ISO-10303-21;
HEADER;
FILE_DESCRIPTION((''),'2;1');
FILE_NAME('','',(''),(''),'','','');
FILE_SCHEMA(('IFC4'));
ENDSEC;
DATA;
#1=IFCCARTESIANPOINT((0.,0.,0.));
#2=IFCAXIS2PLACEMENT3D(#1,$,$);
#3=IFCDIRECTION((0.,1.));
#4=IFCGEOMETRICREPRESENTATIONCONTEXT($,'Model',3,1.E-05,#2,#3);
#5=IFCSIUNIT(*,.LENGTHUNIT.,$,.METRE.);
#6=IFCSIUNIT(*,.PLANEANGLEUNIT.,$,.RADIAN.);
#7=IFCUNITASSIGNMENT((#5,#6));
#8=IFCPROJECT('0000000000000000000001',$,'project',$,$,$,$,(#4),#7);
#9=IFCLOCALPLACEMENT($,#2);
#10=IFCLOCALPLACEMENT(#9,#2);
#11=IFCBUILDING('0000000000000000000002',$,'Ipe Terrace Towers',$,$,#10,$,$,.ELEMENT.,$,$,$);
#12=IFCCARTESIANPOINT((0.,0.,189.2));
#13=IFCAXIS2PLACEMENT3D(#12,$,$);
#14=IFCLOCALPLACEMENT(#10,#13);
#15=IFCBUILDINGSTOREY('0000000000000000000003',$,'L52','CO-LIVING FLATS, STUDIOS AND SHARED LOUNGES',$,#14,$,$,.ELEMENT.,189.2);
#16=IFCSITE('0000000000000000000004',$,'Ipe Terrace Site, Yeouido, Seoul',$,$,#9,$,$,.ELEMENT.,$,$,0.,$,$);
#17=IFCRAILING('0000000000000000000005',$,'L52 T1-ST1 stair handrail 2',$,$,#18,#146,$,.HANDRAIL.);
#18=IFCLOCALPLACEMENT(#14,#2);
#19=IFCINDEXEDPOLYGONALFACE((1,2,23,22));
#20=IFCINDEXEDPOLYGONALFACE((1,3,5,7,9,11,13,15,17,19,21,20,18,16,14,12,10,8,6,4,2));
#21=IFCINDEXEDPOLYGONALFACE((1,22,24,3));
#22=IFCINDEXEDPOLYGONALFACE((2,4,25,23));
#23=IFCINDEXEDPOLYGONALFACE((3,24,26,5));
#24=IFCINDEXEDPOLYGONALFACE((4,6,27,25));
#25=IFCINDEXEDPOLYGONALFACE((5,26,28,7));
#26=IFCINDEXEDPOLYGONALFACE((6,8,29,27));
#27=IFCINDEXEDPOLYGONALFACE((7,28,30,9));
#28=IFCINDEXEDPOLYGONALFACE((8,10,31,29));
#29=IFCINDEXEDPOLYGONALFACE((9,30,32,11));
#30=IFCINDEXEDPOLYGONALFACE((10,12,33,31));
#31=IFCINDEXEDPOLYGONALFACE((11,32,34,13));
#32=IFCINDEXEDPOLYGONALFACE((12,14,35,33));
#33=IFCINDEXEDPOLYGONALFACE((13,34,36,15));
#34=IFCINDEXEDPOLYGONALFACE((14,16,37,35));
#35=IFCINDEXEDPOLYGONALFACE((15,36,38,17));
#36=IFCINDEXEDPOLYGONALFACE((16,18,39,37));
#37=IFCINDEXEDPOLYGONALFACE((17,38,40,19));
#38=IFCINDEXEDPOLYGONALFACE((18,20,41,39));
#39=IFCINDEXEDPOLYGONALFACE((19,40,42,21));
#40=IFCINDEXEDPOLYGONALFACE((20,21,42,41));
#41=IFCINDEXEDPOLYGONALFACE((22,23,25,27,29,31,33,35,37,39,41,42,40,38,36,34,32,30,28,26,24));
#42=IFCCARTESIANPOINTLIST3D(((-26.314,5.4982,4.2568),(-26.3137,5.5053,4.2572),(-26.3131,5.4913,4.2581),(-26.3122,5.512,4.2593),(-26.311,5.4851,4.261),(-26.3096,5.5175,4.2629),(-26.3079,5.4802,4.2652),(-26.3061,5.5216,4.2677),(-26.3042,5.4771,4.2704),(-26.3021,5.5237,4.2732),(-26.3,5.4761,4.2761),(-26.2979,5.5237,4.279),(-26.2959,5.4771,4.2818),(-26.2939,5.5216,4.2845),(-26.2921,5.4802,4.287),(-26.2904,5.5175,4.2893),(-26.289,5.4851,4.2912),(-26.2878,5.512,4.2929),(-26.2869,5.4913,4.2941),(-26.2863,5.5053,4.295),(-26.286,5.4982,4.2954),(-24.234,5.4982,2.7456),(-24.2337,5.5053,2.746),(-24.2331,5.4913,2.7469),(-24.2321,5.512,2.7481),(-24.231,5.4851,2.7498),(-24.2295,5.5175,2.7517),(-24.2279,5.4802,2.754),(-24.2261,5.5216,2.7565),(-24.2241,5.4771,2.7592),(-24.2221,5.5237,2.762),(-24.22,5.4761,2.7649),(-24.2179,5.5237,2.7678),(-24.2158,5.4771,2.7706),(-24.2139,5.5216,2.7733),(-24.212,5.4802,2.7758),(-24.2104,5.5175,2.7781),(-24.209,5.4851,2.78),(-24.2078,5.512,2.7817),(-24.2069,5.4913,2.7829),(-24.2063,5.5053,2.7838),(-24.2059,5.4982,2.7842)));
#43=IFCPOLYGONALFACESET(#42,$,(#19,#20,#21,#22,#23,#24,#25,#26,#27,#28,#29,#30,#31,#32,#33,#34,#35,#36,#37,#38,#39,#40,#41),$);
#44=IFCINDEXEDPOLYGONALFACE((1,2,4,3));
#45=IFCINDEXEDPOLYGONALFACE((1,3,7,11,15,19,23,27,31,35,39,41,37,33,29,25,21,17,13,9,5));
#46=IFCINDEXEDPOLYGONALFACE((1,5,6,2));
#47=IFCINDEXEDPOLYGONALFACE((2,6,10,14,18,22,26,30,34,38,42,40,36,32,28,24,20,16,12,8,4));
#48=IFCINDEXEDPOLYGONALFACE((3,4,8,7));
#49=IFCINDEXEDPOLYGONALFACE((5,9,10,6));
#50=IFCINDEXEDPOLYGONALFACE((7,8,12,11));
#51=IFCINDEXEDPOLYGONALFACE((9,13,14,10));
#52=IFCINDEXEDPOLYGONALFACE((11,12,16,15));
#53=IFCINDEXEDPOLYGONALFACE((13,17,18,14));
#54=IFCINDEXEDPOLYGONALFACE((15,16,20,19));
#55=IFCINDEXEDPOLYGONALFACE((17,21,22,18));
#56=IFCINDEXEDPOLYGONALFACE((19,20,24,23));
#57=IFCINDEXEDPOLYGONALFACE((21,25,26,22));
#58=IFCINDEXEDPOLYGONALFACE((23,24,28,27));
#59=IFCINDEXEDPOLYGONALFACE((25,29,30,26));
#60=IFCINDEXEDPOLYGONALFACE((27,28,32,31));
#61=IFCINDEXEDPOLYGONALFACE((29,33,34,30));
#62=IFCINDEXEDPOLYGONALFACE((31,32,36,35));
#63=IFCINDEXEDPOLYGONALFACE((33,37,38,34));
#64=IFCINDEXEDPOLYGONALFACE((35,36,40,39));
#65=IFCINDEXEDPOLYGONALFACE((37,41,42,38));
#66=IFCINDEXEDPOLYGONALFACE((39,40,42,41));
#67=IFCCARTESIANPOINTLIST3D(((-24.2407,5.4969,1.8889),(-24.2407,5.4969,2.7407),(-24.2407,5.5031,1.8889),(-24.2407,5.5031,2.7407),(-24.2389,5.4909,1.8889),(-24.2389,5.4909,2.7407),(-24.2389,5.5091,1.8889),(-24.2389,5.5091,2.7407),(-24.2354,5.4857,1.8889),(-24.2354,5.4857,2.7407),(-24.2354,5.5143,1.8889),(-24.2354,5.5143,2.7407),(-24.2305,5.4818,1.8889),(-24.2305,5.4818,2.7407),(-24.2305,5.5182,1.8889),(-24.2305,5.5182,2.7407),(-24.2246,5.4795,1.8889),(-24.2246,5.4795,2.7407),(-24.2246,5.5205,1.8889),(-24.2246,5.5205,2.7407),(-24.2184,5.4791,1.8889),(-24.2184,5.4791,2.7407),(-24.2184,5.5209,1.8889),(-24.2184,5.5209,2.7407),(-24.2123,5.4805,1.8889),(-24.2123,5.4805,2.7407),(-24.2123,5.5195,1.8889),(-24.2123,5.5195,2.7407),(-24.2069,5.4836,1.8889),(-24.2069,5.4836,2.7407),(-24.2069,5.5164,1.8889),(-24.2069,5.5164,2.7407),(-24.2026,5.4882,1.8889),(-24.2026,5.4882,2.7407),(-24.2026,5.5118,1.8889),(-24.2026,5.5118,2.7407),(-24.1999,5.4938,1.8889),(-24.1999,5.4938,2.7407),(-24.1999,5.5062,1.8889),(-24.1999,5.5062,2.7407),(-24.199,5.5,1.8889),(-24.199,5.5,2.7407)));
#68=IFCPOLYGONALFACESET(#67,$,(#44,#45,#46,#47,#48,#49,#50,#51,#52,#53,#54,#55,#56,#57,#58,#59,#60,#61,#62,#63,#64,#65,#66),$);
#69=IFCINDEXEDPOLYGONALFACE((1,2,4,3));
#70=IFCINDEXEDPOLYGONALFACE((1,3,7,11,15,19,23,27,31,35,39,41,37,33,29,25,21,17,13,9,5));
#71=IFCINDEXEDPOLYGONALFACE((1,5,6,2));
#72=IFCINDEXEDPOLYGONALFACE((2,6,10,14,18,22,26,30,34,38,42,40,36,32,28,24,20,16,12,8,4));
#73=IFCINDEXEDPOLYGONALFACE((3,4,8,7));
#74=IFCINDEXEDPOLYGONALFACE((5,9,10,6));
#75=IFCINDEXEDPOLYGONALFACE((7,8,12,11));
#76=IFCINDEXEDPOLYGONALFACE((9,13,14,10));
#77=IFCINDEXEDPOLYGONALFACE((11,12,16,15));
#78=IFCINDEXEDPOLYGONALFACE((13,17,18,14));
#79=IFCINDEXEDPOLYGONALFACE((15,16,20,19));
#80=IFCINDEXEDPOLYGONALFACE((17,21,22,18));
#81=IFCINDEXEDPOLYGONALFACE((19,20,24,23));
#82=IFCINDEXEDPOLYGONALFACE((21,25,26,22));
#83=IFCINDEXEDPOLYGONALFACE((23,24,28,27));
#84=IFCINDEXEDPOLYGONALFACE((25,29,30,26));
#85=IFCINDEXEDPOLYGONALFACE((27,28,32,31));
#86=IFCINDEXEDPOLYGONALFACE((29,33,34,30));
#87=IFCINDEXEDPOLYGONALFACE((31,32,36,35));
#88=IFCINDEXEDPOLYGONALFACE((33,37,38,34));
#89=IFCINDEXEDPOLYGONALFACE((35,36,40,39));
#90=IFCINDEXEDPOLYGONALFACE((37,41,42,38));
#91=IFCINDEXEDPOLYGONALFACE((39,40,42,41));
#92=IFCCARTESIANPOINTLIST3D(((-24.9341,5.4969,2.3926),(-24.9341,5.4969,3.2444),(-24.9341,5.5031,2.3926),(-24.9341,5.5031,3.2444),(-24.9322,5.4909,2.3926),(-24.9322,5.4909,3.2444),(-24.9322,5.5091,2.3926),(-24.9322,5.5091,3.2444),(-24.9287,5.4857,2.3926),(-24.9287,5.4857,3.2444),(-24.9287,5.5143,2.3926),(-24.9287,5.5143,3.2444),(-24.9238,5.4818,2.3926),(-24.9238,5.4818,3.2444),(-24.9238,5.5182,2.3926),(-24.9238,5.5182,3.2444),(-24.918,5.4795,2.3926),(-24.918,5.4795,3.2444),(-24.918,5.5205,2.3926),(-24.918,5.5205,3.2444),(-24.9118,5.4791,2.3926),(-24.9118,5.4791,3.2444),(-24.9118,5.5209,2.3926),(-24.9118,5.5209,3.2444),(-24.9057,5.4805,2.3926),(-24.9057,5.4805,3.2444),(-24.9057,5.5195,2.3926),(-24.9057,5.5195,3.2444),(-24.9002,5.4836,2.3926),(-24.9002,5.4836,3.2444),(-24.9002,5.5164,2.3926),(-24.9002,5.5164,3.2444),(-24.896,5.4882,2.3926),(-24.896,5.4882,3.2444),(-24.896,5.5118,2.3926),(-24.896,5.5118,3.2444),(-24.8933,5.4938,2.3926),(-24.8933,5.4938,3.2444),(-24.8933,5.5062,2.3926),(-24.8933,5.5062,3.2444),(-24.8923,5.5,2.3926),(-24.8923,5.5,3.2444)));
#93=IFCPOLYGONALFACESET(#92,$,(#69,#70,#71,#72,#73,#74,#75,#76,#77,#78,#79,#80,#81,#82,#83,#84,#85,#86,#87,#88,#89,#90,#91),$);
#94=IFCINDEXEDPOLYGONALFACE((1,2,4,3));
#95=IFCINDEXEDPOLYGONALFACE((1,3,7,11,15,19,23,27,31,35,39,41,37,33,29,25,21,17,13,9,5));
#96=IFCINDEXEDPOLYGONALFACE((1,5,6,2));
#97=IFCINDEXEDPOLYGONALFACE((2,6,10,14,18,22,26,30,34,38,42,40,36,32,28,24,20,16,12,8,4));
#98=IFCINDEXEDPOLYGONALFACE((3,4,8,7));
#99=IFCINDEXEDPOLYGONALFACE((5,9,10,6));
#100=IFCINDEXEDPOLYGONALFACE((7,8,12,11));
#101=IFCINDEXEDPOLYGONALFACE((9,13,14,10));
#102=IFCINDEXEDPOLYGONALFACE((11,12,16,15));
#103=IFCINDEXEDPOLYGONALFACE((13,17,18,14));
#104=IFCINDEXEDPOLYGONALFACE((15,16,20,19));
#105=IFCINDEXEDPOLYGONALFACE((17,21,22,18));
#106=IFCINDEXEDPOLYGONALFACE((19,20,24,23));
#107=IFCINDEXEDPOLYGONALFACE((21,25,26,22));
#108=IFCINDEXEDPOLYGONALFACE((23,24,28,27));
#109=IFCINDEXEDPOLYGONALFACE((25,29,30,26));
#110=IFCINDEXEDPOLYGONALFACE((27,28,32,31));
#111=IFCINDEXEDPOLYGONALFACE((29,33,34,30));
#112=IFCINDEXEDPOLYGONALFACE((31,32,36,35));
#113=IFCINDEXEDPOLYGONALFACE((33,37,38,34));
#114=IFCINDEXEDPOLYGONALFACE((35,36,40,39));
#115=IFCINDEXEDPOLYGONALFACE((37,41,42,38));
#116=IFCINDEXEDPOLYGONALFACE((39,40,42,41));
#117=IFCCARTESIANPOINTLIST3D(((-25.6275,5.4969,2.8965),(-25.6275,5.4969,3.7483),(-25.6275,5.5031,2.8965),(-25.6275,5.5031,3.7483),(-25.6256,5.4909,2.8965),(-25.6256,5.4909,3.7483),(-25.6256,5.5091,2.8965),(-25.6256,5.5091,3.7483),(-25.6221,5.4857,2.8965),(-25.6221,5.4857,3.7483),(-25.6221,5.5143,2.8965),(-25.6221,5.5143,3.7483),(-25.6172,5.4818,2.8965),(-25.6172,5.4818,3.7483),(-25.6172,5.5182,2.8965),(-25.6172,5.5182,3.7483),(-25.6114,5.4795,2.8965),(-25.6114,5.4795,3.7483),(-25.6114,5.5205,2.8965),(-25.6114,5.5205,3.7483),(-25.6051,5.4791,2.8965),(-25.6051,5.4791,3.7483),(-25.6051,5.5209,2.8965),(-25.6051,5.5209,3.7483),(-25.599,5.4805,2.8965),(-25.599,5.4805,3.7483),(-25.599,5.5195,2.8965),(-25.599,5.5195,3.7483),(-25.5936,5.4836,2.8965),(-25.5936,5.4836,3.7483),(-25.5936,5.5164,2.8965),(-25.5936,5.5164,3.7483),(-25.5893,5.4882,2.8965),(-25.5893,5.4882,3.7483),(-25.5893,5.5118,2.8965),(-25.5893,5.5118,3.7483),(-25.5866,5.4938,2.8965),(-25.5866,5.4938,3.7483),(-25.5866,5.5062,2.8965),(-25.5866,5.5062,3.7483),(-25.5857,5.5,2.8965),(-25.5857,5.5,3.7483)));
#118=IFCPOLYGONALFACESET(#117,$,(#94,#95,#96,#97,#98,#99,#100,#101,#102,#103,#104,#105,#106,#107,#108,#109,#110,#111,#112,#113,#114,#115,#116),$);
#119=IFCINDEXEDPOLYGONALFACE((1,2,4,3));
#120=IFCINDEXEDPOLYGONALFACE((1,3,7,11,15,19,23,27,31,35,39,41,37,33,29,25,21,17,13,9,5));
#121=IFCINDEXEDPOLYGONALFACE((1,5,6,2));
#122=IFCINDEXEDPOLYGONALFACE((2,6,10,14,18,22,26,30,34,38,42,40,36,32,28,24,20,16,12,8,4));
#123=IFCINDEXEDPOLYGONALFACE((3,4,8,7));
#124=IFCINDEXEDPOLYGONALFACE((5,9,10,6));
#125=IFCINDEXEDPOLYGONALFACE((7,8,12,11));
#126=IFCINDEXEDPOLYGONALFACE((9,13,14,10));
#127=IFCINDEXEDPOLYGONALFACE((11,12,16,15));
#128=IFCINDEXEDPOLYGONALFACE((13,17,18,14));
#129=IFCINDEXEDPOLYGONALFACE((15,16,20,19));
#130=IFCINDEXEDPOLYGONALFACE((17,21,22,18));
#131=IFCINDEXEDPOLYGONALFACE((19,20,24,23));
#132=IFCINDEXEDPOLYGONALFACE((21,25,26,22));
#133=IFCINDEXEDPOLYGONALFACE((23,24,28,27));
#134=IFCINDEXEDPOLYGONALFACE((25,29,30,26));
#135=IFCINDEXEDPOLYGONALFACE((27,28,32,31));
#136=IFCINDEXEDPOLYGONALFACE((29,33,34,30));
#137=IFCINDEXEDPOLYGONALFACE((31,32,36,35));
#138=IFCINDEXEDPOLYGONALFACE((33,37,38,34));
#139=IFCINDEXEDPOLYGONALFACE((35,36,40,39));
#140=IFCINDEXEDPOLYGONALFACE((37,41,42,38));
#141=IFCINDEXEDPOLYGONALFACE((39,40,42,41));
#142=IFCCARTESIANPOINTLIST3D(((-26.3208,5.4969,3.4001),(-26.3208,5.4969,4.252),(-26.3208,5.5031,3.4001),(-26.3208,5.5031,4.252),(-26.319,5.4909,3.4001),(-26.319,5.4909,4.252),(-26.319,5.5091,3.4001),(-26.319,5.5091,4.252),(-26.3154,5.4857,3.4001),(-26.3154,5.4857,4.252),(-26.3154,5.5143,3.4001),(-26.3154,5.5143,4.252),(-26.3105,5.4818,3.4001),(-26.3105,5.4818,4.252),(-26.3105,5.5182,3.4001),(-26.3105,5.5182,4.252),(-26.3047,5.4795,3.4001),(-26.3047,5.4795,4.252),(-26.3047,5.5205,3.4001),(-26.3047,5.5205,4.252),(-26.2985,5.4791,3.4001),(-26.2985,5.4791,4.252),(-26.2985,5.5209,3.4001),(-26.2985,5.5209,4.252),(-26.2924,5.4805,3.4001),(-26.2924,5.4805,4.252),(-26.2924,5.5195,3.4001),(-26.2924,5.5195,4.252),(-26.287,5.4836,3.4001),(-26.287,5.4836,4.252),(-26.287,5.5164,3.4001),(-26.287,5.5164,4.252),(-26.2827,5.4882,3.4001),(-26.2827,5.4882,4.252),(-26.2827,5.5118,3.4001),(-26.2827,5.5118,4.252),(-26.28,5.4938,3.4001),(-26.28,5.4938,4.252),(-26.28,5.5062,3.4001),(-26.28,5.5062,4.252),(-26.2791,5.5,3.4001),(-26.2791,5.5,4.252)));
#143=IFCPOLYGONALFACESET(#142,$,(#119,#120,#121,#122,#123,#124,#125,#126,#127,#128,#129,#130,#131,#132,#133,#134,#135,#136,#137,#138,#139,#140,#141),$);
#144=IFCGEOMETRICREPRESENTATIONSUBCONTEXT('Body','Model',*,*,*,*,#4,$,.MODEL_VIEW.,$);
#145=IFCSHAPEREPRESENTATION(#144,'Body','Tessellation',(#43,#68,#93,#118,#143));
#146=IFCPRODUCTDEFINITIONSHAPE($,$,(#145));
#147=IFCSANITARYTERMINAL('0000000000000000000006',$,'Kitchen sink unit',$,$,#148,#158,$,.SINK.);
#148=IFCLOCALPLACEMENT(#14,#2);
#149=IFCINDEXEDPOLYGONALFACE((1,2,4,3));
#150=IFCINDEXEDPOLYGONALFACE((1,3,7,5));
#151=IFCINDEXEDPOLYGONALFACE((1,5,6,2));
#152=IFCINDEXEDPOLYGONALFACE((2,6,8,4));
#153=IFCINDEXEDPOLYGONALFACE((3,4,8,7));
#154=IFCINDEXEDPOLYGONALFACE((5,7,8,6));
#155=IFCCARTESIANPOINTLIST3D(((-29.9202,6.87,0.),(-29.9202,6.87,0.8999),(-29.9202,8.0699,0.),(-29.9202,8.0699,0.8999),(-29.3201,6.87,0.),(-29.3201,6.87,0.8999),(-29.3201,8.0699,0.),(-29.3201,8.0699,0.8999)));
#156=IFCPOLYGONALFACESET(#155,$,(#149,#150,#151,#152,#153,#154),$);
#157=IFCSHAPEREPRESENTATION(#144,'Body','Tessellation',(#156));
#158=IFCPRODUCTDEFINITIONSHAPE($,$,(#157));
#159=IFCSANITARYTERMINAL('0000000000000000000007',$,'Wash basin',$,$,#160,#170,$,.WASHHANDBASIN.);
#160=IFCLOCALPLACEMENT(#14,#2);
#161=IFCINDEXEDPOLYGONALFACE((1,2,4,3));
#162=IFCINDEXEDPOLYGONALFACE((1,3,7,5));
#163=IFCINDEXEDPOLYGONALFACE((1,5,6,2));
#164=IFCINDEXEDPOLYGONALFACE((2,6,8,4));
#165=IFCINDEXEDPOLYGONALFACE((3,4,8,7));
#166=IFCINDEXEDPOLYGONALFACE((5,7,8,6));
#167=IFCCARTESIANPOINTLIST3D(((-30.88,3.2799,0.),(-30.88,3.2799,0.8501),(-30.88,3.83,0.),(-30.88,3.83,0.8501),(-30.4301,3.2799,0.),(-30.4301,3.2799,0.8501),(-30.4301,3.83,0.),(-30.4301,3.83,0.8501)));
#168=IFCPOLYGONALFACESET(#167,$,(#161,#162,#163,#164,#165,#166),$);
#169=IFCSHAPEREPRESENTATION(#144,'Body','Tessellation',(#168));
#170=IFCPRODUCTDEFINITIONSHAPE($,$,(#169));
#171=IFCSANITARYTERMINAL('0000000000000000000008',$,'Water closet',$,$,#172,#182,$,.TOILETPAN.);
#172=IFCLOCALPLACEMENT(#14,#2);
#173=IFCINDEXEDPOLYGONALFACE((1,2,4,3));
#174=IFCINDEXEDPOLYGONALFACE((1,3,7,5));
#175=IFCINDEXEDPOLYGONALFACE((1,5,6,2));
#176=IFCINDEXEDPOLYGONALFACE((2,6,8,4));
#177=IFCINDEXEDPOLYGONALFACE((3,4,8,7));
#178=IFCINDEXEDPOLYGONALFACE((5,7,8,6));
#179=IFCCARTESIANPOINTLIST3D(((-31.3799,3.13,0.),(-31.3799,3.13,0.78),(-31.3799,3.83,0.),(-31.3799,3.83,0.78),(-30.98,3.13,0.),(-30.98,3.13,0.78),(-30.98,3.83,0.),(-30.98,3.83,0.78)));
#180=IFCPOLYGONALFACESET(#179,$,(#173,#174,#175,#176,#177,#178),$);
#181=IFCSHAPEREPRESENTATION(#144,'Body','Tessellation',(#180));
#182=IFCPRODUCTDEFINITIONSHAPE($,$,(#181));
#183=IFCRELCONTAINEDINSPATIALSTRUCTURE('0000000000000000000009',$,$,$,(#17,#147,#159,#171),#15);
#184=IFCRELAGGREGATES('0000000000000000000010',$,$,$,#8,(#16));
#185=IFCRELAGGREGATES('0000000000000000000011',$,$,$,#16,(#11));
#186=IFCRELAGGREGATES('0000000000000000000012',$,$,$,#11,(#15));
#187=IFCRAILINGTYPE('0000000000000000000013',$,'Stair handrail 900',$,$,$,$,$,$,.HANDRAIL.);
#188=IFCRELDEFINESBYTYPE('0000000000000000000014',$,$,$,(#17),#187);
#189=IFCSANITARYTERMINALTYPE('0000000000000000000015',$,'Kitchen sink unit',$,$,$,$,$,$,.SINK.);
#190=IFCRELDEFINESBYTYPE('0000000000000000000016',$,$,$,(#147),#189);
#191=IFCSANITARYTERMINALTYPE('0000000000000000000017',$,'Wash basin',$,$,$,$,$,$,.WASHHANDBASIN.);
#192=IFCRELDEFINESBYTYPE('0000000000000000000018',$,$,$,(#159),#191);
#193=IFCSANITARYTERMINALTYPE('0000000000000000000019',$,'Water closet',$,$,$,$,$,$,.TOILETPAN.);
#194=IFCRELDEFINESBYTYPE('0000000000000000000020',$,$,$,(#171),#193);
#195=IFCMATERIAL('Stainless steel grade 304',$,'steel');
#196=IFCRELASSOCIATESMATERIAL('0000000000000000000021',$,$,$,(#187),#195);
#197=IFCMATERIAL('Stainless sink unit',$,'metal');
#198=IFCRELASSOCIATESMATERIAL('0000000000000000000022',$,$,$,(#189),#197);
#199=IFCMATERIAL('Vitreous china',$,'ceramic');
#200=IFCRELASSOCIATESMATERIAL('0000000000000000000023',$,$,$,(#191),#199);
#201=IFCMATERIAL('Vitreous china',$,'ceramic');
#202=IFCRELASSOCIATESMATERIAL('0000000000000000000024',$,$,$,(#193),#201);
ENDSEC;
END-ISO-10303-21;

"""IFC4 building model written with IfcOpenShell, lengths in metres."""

from ifc_helpers import new_model, si_unit, direction, frame, origin, origin_2d, place, context, subcontext, project, spatial, rectangle, circle, extrude, material, type_object, element, save


model = new_model("IFC4")

# Units and contexts
model_context = context("Model", 3, precision=1e-05, world=origin(), true_north=direction((0.0, 1.0)))
body_context = subcontext(model_context, "Body", "Model", "MODEL_VIEW")
ifc_project = project(units=[si_unit("LENGTHUNIT", "METRE"), si_unit("PLANEANGLEUNIT", "RADIAN")], contexts=[model_context])

# Site, building, storey
site_placement = place(None, origin())
site = spatial("IfcSite", under=ifc_project, at=site_placement, Name="Ipe Terrace Site, Yeouido, Seoul", CompositionType="ELEMENT", RefElevation=0.0)
building_placement = place(site_placement, origin())
building = spatial("IfcBuilding", under=site, at=building_placement, Name="Ipe Terrace Towers", CompositionType="ELEMENT")
storey_placement = place(building_placement, frame((0.0, 0.0, 189.2)))
storey = spatial("IfcBuildingStorey", under=building, at=storey_placement, Name="L52", Description="CO-LIVING FLATS, STUDIOS AND SHARED LOUNGES", CompositionType="ELEMENT", Elevation=189.2)

# Railing
ifc_material_1 = material(Name="Stainless steel grade 304", Category="steel")
railing_type_1 = type_object("IfcRailingType", Name="Stair handrail 900", PredefinedType="HANDRAIL", material=ifc_material_1)
railing_1_placement = place(storey_placement, frame((-24.22, 5.5, 1.8889)))
element("IfcRailing", 1, at=railing_1_placement, inside=storey, type_object=railing_type_1, Name="L52 T1-ST1 stair handrail 2", PredefinedType="HANDRAIL", context=body_context, shape_type="SweptSolid", body=[
    extrude(circle(Radius=0.0239, at=origin_2d()), frame((0.0, 0.0, 0.876), z_axis=(-0.809023, 0.0, 0.587776), x_axis=(0.0, -1.0, 0.0)), (0.0, 0.0, 1.0), 2.571),
    extrude(circle(Radius=0.021, at=origin_2d()), origin(), (0.0, 0.0, 1.0), 0.8518),
    extrude(circle(Radius=0.021, at=origin_2d()), frame((-0.6934, 0.0, 0.5037)), (0.0, 0.0, 1.0), 0.8518),
    extrude(circle(Radius=0.021, at=origin_2d()), frame((-1.3867, 0.0, 1.0076)), (0.0, 0.0, 1.0), 0.8518),
    extrude(circle(Radius=0.021, at=origin_2d()), frame((-2.0801, 0.0, 1.5112)), (0.0, 0.0, 1.0), 0.8518),
])

# Sanitary terminals
ifc_material_2 = material(Name="Stainless sink unit", Category="metal")
sanitary_terminal_type_1 = type_object("IfcSanitaryTerminalType", Name="Kitchen sink unit", PredefinedType="SINK", material=ifc_material_2)
sanitary_terminal_1_placement = place(storey_placement, frame((-29.6201, 7.47, 0.0), z_axis=(0.0, 0.0, 1.0), x_axis=(0.0, -1.0, 0.0)))
element("IfcSanitaryTerminal", 2, at=sanitary_terminal_1_placement, inside=storey, type_object=sanitary_terminal_type_1, Name="Kitchen sink unit", PredefinedType="SINK", context=body_context, shape_type="SweptSolid", body=[
    extrude(rectangle(XDim=1.2, YDim=0.6001, at=origin_2d()), origin(), (0.0, 0.0, 1.0), 0.8999),
])
ifc_material_3 = material(Name="Vitreous china", Category="ceramic")
sanitary_terminal_type_2 = type_object("IfcSanitaryTerminalType", Name="Wash basin", PredefinedType="WASHHANDBASIN", material=ifc_material_3)
sanitary_terminal_2_placement = place(storey_placement, frame((-30.655, 3.5549, 0.0), z_axis=(0.0, 0.0, 1.0), x_axis=(0.0, -1.0, 0.0)))
element("IfcSanitaryTerminal", 3, at=sanitary_terminal_2_placement, inside=storey, type_object=sanitary_terminal_type_2, Name="Wash basin", PredefinedType="WASHHANDBASIN", context=body_context, shape_type="SweptSolid", body=[
    extrude(rectangle(XDim=0.55, YDim=0.45, at=origin_2d()), origin(), (0.0, 0.0, 1.0), 0.8501),
])
ifc_material_4 = material(Name="Vitreous china", Category="ceramic")
sanitary_terminal_type_3 = type_object("IfcSanitaryTerminalType", Name="Water closet", PredefinedType="TOILETPAN", material=ifc_material_4)
sanitary_terminal_3_placement = place(storey_placement, frame((-31.1799, 3.48, 0.0), z_axis=(0.0, 0.0, 1.0), x_axis=(0.0, -1.0, 0.0)))
element("IfcSanitaryTerminal", 4, at=sanitary_terminal_3_placement, inside=storey, type_object=sanitary_terminal_type_3, Name="Water closet", PredefinedType="TOILETPAN", context=body_context, shape_type="SweptSolid", body=[
    extrude(rectangle(XDim=0.7, YDim=0.3999, at=origin_2d()), origin(), (0.0, 0.0, 1.0), 0.78),
])

save(model, "model.ifc")
